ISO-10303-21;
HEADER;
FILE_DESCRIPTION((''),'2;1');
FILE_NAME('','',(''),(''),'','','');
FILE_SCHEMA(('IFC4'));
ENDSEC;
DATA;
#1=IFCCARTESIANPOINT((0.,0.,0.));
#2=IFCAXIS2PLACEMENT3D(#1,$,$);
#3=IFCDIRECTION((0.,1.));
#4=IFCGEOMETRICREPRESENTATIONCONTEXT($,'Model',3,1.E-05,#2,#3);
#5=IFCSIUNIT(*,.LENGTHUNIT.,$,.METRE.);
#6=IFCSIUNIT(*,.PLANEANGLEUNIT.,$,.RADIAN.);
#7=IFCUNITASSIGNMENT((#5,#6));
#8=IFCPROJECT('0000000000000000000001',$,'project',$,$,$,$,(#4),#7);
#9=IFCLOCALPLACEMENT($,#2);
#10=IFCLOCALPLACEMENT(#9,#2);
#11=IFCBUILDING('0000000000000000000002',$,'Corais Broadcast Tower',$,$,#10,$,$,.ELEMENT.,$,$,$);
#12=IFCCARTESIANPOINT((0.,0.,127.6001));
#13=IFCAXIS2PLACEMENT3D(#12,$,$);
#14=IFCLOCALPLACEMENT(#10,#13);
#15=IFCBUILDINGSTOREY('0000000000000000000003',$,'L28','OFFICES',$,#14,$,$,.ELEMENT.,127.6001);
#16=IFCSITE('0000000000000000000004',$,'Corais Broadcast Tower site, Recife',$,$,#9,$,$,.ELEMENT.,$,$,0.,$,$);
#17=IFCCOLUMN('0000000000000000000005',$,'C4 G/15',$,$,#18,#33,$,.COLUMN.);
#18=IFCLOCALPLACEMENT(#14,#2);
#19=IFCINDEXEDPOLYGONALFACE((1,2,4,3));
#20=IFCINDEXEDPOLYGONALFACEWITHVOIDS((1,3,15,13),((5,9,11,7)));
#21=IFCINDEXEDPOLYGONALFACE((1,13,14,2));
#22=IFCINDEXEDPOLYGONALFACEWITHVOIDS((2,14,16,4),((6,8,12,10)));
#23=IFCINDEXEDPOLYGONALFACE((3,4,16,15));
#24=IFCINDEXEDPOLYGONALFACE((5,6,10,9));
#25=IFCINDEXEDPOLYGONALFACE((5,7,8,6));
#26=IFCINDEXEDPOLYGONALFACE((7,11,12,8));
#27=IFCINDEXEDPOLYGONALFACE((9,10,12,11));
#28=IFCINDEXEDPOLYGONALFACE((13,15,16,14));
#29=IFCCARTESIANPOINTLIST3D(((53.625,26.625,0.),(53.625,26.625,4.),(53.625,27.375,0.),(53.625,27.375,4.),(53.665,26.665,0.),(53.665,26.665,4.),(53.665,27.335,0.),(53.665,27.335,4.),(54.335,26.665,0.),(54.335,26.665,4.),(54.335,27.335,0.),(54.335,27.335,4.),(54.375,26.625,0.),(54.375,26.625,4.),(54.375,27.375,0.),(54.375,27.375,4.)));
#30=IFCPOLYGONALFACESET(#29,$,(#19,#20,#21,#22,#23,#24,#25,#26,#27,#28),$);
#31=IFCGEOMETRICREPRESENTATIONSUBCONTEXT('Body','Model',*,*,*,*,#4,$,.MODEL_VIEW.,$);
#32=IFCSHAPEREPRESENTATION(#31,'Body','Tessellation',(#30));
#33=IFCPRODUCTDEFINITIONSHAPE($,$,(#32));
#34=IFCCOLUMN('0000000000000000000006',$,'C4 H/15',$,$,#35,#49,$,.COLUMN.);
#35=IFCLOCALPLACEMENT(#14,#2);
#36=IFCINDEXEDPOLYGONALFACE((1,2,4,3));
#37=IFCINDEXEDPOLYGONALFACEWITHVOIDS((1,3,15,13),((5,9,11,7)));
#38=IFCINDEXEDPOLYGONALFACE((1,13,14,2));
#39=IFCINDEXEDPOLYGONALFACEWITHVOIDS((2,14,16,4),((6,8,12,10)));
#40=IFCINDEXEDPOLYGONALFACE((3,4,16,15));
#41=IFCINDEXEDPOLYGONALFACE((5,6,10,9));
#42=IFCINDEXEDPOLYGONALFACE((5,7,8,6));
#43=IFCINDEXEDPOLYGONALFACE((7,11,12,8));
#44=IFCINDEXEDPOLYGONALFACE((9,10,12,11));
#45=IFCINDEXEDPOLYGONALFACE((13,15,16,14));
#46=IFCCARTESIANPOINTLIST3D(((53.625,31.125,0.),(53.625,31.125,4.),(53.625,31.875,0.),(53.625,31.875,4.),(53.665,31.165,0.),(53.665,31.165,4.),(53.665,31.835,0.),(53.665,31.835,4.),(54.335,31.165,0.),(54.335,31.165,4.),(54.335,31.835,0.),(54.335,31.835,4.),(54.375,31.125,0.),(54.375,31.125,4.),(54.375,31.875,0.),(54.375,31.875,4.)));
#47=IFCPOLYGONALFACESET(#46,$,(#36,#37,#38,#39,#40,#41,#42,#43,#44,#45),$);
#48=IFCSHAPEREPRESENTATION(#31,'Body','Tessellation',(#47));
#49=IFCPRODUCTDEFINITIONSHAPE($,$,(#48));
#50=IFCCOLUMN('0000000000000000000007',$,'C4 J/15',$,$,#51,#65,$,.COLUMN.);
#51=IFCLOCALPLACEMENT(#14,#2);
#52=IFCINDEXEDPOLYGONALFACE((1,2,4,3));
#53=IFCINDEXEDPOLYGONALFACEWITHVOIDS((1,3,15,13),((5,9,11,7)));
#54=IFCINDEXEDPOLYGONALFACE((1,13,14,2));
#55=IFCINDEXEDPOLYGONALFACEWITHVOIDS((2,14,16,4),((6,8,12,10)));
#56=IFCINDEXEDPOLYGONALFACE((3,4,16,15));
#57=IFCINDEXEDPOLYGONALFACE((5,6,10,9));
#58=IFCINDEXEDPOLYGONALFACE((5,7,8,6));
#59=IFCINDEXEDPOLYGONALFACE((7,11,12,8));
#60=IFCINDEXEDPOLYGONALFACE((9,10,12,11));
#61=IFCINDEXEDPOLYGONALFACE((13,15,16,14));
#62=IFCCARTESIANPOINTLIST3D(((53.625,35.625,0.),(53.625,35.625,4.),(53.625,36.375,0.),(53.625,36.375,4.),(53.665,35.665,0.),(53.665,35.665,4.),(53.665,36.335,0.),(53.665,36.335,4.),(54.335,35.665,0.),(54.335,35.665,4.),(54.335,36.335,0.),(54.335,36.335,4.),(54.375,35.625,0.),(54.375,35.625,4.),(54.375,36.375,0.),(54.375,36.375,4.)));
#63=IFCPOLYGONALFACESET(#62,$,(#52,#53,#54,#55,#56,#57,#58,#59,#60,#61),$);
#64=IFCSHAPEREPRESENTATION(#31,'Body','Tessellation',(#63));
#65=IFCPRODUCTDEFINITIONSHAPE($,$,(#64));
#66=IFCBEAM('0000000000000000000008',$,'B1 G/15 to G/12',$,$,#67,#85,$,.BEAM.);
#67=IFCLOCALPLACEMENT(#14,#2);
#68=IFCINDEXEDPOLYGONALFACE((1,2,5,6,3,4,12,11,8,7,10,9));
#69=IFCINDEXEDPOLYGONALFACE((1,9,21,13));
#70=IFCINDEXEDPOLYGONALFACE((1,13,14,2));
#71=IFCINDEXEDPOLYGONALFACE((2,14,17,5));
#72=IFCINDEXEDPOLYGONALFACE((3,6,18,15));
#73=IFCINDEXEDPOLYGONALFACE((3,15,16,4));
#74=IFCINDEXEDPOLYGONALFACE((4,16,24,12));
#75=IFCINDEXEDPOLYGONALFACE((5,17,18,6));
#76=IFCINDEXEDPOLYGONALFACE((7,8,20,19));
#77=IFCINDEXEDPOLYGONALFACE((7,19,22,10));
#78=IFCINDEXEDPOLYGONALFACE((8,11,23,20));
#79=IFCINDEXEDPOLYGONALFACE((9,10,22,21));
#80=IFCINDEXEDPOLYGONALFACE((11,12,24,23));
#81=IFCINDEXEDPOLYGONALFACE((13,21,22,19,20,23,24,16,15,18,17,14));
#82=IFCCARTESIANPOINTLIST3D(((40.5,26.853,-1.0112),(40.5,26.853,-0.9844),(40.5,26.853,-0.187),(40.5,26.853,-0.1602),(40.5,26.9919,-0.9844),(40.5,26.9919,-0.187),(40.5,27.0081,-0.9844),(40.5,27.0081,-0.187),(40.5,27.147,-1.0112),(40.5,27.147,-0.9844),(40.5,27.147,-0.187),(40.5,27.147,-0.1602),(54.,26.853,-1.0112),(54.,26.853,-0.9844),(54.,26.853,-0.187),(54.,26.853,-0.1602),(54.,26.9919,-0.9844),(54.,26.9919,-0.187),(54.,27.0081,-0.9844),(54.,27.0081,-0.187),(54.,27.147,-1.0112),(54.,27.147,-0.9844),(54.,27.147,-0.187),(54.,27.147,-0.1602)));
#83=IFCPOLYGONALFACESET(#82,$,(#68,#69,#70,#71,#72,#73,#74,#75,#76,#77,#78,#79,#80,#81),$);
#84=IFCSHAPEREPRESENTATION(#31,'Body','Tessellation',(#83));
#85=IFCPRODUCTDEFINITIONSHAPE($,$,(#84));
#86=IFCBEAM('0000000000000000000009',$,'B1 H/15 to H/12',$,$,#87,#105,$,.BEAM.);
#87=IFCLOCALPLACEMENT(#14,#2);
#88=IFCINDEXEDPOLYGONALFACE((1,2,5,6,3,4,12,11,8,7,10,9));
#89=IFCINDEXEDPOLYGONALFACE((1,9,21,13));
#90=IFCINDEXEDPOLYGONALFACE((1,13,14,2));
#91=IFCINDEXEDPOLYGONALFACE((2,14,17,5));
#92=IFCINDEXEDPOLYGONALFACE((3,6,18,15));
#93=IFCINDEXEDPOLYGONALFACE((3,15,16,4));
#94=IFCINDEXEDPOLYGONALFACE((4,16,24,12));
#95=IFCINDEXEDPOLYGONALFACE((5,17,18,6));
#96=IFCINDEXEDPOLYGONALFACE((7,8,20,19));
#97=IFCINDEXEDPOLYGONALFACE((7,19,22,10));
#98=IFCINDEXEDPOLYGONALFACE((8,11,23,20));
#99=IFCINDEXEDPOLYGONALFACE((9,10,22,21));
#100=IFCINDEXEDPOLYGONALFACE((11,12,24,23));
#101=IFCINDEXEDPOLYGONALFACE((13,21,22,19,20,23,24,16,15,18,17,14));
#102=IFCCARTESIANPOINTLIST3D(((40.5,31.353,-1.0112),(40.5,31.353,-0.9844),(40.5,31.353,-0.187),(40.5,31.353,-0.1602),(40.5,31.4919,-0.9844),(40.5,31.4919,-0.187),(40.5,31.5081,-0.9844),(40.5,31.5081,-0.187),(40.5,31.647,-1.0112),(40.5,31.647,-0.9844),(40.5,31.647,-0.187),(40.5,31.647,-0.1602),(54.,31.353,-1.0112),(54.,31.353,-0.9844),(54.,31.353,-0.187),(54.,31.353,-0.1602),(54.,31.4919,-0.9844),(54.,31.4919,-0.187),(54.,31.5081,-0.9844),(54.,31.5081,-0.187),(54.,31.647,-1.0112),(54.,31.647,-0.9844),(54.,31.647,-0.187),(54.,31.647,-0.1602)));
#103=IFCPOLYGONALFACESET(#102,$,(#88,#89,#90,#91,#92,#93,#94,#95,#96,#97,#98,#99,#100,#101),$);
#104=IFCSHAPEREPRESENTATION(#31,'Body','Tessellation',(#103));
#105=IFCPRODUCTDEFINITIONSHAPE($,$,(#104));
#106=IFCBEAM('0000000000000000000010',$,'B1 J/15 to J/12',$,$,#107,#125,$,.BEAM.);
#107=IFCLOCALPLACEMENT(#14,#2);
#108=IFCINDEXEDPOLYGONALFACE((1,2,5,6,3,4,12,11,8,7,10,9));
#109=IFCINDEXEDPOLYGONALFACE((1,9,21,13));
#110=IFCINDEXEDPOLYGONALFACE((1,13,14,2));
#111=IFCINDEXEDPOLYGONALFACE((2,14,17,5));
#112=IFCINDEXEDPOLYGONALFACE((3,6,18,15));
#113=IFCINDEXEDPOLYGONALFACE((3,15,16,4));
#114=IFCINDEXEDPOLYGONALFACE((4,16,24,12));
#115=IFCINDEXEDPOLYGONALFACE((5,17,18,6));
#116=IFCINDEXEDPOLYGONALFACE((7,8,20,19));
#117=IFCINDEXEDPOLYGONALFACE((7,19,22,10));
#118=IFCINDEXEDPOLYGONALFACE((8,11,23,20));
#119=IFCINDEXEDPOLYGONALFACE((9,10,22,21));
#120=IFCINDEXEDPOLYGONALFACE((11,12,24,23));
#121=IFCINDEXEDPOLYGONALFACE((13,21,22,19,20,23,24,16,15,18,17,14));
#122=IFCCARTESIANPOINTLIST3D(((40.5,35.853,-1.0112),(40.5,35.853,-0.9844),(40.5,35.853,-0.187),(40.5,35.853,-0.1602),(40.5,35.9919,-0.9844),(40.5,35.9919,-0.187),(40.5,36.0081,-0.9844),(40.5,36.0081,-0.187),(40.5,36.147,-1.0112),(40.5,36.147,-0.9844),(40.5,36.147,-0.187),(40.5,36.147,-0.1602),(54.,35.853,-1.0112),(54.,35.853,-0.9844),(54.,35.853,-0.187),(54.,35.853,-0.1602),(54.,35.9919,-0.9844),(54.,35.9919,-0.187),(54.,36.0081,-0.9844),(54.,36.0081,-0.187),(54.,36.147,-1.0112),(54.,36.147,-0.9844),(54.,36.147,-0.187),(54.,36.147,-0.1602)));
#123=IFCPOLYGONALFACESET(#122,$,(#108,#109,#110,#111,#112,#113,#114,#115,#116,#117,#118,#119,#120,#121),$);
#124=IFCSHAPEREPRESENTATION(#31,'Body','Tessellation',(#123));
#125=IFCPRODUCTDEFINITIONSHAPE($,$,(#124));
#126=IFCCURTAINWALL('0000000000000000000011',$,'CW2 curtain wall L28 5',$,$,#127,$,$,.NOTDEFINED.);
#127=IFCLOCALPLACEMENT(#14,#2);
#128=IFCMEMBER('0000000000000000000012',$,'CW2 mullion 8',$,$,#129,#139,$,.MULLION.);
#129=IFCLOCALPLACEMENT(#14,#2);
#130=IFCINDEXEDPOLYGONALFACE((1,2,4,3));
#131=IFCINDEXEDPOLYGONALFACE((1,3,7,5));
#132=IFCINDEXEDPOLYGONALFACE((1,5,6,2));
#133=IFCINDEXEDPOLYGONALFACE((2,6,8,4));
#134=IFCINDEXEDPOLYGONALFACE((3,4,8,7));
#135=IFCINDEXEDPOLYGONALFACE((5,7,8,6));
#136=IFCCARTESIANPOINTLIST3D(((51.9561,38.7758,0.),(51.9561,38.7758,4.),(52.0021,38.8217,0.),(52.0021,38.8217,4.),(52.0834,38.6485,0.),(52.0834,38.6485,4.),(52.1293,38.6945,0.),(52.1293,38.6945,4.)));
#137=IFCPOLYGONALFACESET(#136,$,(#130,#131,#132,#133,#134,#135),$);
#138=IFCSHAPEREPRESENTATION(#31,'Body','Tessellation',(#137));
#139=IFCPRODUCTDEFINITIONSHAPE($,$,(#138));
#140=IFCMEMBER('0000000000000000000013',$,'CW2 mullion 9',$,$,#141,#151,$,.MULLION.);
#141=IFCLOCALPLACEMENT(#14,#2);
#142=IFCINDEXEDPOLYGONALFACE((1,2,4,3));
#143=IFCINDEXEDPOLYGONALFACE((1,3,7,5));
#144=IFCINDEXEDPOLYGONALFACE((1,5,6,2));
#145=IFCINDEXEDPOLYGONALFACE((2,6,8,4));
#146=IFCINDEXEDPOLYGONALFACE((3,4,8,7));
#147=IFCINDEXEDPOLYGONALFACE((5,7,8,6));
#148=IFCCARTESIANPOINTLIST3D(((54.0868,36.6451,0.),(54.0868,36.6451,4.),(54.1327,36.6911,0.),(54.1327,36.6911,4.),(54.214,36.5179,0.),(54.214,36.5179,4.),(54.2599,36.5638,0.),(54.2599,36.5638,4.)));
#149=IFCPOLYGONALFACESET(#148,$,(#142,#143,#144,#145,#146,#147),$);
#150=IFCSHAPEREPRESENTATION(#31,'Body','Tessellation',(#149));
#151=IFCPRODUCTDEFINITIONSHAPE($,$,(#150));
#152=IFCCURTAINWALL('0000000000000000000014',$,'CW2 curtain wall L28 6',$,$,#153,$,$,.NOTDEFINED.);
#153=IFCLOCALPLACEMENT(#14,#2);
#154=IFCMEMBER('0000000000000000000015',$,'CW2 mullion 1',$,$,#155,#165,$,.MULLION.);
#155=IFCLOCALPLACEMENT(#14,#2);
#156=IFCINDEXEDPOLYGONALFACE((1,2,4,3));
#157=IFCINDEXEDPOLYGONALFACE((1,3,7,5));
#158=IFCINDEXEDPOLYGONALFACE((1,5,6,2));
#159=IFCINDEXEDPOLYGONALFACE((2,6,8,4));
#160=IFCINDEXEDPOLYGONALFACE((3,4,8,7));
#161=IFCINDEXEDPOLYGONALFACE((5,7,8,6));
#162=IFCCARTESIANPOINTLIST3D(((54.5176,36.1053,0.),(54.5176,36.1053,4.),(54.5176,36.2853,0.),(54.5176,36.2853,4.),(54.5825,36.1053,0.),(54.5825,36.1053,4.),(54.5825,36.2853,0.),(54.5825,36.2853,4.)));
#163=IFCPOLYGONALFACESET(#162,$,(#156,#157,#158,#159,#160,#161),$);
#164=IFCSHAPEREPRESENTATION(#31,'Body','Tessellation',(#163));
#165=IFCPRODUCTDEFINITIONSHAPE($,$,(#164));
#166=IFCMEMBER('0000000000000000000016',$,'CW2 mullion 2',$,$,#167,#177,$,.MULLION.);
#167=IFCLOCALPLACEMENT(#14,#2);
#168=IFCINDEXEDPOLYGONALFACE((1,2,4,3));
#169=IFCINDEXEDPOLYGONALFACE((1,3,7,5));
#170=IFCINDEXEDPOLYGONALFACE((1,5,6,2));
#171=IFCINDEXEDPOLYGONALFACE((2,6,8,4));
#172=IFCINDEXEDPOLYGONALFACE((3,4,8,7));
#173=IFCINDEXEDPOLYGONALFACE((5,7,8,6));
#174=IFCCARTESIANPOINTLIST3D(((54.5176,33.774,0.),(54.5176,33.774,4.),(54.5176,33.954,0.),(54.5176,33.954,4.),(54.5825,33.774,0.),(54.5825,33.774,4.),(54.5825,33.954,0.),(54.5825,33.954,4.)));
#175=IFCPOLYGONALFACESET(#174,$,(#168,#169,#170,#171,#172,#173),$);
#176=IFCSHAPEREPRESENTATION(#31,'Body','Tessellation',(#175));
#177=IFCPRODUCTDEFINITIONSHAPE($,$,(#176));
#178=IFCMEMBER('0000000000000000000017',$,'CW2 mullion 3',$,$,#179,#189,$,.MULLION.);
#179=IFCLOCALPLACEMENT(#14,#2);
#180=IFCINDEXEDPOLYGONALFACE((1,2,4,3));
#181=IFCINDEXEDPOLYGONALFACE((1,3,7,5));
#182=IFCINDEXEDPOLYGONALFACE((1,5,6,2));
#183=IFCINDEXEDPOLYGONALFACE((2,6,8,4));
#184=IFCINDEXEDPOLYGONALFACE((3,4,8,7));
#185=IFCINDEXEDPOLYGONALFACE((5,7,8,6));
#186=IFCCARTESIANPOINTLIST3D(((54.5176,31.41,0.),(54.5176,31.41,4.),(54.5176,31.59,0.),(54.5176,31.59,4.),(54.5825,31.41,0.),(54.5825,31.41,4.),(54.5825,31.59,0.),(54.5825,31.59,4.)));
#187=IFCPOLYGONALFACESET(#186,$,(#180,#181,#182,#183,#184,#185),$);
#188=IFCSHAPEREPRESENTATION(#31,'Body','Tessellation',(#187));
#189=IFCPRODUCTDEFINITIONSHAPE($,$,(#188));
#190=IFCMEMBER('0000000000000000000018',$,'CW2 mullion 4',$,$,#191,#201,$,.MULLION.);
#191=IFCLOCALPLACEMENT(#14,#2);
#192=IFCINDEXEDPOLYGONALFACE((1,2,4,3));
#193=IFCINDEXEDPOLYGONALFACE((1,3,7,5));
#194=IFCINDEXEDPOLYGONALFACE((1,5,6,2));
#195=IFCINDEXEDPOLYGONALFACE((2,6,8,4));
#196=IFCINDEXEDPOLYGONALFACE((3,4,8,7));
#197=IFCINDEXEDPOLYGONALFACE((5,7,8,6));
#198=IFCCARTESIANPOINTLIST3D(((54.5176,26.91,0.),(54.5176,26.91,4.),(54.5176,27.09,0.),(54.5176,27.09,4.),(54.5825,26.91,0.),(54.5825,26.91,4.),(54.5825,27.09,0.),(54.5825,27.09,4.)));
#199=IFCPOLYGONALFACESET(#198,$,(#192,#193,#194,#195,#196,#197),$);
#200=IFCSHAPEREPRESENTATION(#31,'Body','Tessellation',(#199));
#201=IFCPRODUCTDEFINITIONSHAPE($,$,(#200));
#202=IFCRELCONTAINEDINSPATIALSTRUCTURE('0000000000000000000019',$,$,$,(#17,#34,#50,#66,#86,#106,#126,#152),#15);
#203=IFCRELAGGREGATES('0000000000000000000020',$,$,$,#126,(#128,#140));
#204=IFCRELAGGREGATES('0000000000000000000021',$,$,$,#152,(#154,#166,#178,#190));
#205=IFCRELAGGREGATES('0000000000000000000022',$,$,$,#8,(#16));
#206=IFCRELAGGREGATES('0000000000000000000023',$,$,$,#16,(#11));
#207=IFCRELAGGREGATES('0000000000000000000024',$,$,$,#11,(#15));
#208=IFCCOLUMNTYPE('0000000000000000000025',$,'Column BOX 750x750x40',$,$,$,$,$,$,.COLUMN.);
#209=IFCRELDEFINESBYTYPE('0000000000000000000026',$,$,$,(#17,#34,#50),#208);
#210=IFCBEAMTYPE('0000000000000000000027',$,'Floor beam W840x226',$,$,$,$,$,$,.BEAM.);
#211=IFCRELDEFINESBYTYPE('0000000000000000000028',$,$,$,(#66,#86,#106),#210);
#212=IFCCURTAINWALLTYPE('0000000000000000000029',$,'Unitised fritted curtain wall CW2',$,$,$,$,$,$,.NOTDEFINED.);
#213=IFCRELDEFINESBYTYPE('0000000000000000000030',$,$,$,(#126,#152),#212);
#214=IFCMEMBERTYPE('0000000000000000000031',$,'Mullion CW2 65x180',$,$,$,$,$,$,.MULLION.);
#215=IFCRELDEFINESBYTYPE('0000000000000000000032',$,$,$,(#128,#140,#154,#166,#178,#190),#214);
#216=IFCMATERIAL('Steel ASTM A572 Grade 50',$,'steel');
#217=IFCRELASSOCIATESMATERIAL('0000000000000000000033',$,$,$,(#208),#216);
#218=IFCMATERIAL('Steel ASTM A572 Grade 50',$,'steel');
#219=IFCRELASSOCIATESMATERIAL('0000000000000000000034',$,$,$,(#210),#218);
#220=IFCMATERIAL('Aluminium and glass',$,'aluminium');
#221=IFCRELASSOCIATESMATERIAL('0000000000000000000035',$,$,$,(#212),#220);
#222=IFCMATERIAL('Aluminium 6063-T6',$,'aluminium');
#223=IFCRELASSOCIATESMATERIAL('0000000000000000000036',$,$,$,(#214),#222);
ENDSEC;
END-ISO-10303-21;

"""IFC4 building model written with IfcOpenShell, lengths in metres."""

from ifc_helpers import new_model, si_unit, direction, frame, origin, origin_2d, place, context, subcontext, project, spatial, rectangle, hollow_rectangle, i_section, extrude, material, material_profile, profile_set, type_object, element, aggregate, save


model = new_model("IFC4")

# Units and contexts
model_context = context("Model", 3, precision=1e-05, world=origin(), true_north=direction((0.0, 1.0)))
body_context = subcontext(model_context, "Body", "Model", "MODEL_VIEW")
ifc_project = project(units=[si_unit("LENGTHUNIT", "METRE"), si_unit("PLANEANGLEUNIT", "RADIAN")], contexts=[model_context])

# Site, building, storey
site_placement = place(None, origin())
site = spatial("IfcSite", under=ifc_project, at=site_placement, Name="Corais Broadcast Tower site, Recife", CompositionType="ELEMENT", RefElevation=0.0)
building_placement = place(site_placement, origin())
building = spatial("IfcBuilding", under=site, at=building_placement, Name="Corais Broadcast Tower", CompositionType="ELEMENT")
storey_placement = place(building_placement, frame((0.0, 0.0, 127.6001)))
storey = spatial("IfcBuildingStorey", under=building, at=storey_placement, Name="L28", Description="OFFICES", CompositionType="ELEMENT", Elevation=127.6001)

# Columns
ifc_material_1 = material(Name="Steel ASTM A572 Grade 50", Category="steel")
ifc_material_profile_1 = material_profile(ifc_material_1, hollow_rectangle(XDim=0.75, YDim=0.75, WallThickness=0.04, at=origin_2d()), Name="BOX 750x750x40")
ifc_profile_set_1 = profile_set([ifc_material_profile_1], Name="Steel ASTM A572 Grade 50")
column_type = type_object("IfcColumnType", Name="Column BOX 750x750x40", PredefinedType="COLUMN", material=ifc_profile_set_1)
for number, where, z_axis, x_axis, name in (
    (1, (54.0, 27.0, 0.0), (0.0, 0.0, 1.0), (1.0, 0.0, 0.0), "C4 G/15"),
    (2, (54.0, 31.5, 0.0), (0.0, 0.0, 1.0), (1.0, 0.0, 0.0), "C4 H/15"),
    (3, (54.0, 36.0, 0.0), (0.0, 0.0, 1.0), (1.0, 0.0, 0.0), "C4 J/15"),
):
    element("IfcColumn", number, at=place(storey_placement, frame(where, z_axis=z_axis, x_axis=x_axis)), inside=storey, type_object=column_type, Name=name, PredefinedType="COLUMN", context=body_context, shape_type="SweptSolid", body=[
        extrude(hollow_rectangle(XDim=0.75, YDim=0.75, WallThickness=0.04, at=origin_2d()), origin(), (0.0, 0.0, 1.0), 4.0),
    ])

# Beams
ifc_material_2 = material(Name="Steel ASTM A572 Grade 50", Category="steel")
ifc_material_profile_2 = material_profile(ifc_material_2, i_section(OverallWidth=0.2939, OverallDepth=0.8511, WebThickness=0.0161, FlangeThickness=0.0269, at=origin_2d()), Name="W840x226")
ifc_profile_set_2 = profile_set([ifc_material_profile_2], Name="Steel ASTM A572 Grade 50")
beam_type_1 = type_object("IfcBeamType", Name="Floor beam W840x226", PredefinedType="BEAM", material=ifc_profile_set_2)
for number, where, z_axis, x_axis, name in (
    (4, (54.0, 27.0, -0.5857), (-1.0, 0.0, 0.0), (0.0, -1.0, 0.0), "B1 G/15 to G/12"),
    (5, (54.0, 31.5, -0.5857), (-1.0, 0.0, 0.0), (0.0, -1.0, 0.0), "B1 H/15 to H/12"),
    (6, (54.0, 36.0, -0.5857), (-1.0, 0.0, 0.0), (0.0, -1.0, 0.0), "B1 J/15 to J/12"),
):
    element("IfcBeam", number, at=place(storey_placement, frame(where, z_axis=z_axis, x_axis=x_axis)), inside=storey, type_object=beam_type_1, Name=name, PredefinedType="BEAM", context=body_context, shape_type="SweptSolid", body=[
        extrude(i_section(OverallWidth=0.2939, OverallDepth=0.8511, WebThickness=0.0161, FlangeThickness=0.0269, at=origin_2d()), origin(), (0.0, 0.0, 1.0), 13.5),
    ])

# Curtain walls, members
ifc_material_3 = material(Name="Aluminium and glass", Category="aluminium")
curtain_wall_type = type_object("IfcCurtainWallType", Name="Unitised fritted curtain wall CW2", PredefinedType="NOTDEFINED", material=ifc_material_3)
curtain_wall_1_placement = place(storey_placement, origin())
curtain_wall_1 = element("IfcCurtainWall", 7, at=curtain_wall_1_placement, inside=storey, type_object=curtain_wall_type, Name="CW2 curtain wall L28 5", PredefinedType="NOTDEFINED")
ifc_material_4 = material(Name="Aluminium 6063-T6", Category="aluminium")
ifc_material_profile_3 = material_profile(ifc_material_4, rectangle(XDim=0.0649, YDim=0.1799, at=origin_2d()), Name="Mullion CW2 65x180")
ifc_profile_set_3 = profile_set([ifc_material_profile_3], Name="Aluminium 6063-T6")
member_type_1 = type_object("IfcMemberType", Name="Mullion CW2 65x180", PredefinedType="MULLION", material=ifc_profile_set_3)
member_1_placement = place(storey_placement, frame((52.0427, 38.7351, 0.0), z_axis=(0.0, 0.0, 1.0), x_axis=(0.707107, 0.707107, 0.0)))
member_1 = element("IfcMember", 8, at=member_1_placement, type_object=member_type_1, Name="CW2 mullion 8", PredefinedType="MULLION", context=body_context, shape_type="SweptSolid", body=[
    extrude(rectangle(XDim=0.0649, YDim=0.1799, at=origin_2d()), origin(), (0.0, 0.0, 1.0), 4.0),
])
member_2_placement = place(storey_placement, frame((54.1733, 36.6045, 0.0), z_axis=(0.0, 0.0, 1.0), x_axis=(0.707107, 0.707107, 0.0)))
member_2 = element("IfcMember", 9, at=member_2_placement, type_object=member_type_1, Name="CW2 mullion 9", PredefinedType="MULLION", context=body_context, shape_type="SweptSolid", body=[
    extrude(rectangle(XDim=0.0649, YDim=0.1799, at=origin_2d()), origin(), (0.0, 0.0, 1.0), 4.0),
])
curtain_wall_2_placement = place(storey_placement, origin())
curtain_wall_2 = element("IfcCurtainWall", 10, at=curtain_wall_2_placement, inside=storey, type_object=curtain_wall_type, Name="CW2 curtain wall L28 6", PredefinedType="NOTDEFINED")
member_3_placement = place(storey_placement, frame((54.55, 36.1953, 0.0), z_axis=(0.0, 0.0, 1.0), x_axis=(1.0, 0.0, 0.0)))
member_3 = element("IfcMember", 11, at=member_3_placement, type_object=member_type_1, Name="CW2 mullion 1", PredefinedType="MULLION", context=body_context, shape_type="SweptSolid", body=[
    extrude(rectangle(XDim=0.0649, YDim=0.1799, at=origin_2d()), origin(), (0.0, 0.0, 1.0), 4.0),
])
member_4_placement = place(storey_placement, frame((54.55, 33.864, 0.0), z_axis=(0.0, 0.0, 1.0), x_axis=(1.0, 0.0, 0.0)))
member_4 = element("IfcMember", 12, at=member_4_placement, type_object=member_type_1, Name="CW2 mullion 2", PredefinedType="MULLION", context=body_context, shape_type="SweptSolid", body=[
    extrude(rectangle(XDim=0.0649, YDim=0.1799, at=origin_2d()), origin(), (0.0, 0.0, 1.0), 4.0),
])
member_5_placement = place(storey_placement, frame((54.55, 31.5, 0.0), z_axis=(0.0, 0.0, 1.0), x_axis=(1.0, 0.0, 0.0)))
member_5 = element("IfcMember", 13, at=member_5_placement, type_object=member_type_1, Name="CW2 mullion 3", PredefinedType="MULLION", context=body_context, shape_type="SweptSolid", body=[
    extrude(rectangle(XDim=0.0649, YDim=0.1799, at=origin_2d()), origin(), (0.0, 0.0, 1.0), 4.0),
])
member_6_placement = place(storey_placement, frame((54.55, 27.0, 0.0), z_axis=(0.0, 0.0, 1.0), x_axis=(1.0, 0.0, 0.0)))
member_6 = element("IfcMember", 14, at=member_6_placement, type_object=member_type_1, Name="CW2 mullion 4", PredefinedType="MULLION", context=body_context, shape_type="SweptSolid", body=[
    extrude(rectangle(XDim=0.0649, YDim=0.1799, at=origin_2d()), origin(), (0.0, 0.0, 1.0), 4.0),
])

aggregate(curtain_wall_1, [member_1, member_2])
aggregate(curtain_wall_2, [member_3, member_4, member_5, member_6])

save(model, "model.ifc")
